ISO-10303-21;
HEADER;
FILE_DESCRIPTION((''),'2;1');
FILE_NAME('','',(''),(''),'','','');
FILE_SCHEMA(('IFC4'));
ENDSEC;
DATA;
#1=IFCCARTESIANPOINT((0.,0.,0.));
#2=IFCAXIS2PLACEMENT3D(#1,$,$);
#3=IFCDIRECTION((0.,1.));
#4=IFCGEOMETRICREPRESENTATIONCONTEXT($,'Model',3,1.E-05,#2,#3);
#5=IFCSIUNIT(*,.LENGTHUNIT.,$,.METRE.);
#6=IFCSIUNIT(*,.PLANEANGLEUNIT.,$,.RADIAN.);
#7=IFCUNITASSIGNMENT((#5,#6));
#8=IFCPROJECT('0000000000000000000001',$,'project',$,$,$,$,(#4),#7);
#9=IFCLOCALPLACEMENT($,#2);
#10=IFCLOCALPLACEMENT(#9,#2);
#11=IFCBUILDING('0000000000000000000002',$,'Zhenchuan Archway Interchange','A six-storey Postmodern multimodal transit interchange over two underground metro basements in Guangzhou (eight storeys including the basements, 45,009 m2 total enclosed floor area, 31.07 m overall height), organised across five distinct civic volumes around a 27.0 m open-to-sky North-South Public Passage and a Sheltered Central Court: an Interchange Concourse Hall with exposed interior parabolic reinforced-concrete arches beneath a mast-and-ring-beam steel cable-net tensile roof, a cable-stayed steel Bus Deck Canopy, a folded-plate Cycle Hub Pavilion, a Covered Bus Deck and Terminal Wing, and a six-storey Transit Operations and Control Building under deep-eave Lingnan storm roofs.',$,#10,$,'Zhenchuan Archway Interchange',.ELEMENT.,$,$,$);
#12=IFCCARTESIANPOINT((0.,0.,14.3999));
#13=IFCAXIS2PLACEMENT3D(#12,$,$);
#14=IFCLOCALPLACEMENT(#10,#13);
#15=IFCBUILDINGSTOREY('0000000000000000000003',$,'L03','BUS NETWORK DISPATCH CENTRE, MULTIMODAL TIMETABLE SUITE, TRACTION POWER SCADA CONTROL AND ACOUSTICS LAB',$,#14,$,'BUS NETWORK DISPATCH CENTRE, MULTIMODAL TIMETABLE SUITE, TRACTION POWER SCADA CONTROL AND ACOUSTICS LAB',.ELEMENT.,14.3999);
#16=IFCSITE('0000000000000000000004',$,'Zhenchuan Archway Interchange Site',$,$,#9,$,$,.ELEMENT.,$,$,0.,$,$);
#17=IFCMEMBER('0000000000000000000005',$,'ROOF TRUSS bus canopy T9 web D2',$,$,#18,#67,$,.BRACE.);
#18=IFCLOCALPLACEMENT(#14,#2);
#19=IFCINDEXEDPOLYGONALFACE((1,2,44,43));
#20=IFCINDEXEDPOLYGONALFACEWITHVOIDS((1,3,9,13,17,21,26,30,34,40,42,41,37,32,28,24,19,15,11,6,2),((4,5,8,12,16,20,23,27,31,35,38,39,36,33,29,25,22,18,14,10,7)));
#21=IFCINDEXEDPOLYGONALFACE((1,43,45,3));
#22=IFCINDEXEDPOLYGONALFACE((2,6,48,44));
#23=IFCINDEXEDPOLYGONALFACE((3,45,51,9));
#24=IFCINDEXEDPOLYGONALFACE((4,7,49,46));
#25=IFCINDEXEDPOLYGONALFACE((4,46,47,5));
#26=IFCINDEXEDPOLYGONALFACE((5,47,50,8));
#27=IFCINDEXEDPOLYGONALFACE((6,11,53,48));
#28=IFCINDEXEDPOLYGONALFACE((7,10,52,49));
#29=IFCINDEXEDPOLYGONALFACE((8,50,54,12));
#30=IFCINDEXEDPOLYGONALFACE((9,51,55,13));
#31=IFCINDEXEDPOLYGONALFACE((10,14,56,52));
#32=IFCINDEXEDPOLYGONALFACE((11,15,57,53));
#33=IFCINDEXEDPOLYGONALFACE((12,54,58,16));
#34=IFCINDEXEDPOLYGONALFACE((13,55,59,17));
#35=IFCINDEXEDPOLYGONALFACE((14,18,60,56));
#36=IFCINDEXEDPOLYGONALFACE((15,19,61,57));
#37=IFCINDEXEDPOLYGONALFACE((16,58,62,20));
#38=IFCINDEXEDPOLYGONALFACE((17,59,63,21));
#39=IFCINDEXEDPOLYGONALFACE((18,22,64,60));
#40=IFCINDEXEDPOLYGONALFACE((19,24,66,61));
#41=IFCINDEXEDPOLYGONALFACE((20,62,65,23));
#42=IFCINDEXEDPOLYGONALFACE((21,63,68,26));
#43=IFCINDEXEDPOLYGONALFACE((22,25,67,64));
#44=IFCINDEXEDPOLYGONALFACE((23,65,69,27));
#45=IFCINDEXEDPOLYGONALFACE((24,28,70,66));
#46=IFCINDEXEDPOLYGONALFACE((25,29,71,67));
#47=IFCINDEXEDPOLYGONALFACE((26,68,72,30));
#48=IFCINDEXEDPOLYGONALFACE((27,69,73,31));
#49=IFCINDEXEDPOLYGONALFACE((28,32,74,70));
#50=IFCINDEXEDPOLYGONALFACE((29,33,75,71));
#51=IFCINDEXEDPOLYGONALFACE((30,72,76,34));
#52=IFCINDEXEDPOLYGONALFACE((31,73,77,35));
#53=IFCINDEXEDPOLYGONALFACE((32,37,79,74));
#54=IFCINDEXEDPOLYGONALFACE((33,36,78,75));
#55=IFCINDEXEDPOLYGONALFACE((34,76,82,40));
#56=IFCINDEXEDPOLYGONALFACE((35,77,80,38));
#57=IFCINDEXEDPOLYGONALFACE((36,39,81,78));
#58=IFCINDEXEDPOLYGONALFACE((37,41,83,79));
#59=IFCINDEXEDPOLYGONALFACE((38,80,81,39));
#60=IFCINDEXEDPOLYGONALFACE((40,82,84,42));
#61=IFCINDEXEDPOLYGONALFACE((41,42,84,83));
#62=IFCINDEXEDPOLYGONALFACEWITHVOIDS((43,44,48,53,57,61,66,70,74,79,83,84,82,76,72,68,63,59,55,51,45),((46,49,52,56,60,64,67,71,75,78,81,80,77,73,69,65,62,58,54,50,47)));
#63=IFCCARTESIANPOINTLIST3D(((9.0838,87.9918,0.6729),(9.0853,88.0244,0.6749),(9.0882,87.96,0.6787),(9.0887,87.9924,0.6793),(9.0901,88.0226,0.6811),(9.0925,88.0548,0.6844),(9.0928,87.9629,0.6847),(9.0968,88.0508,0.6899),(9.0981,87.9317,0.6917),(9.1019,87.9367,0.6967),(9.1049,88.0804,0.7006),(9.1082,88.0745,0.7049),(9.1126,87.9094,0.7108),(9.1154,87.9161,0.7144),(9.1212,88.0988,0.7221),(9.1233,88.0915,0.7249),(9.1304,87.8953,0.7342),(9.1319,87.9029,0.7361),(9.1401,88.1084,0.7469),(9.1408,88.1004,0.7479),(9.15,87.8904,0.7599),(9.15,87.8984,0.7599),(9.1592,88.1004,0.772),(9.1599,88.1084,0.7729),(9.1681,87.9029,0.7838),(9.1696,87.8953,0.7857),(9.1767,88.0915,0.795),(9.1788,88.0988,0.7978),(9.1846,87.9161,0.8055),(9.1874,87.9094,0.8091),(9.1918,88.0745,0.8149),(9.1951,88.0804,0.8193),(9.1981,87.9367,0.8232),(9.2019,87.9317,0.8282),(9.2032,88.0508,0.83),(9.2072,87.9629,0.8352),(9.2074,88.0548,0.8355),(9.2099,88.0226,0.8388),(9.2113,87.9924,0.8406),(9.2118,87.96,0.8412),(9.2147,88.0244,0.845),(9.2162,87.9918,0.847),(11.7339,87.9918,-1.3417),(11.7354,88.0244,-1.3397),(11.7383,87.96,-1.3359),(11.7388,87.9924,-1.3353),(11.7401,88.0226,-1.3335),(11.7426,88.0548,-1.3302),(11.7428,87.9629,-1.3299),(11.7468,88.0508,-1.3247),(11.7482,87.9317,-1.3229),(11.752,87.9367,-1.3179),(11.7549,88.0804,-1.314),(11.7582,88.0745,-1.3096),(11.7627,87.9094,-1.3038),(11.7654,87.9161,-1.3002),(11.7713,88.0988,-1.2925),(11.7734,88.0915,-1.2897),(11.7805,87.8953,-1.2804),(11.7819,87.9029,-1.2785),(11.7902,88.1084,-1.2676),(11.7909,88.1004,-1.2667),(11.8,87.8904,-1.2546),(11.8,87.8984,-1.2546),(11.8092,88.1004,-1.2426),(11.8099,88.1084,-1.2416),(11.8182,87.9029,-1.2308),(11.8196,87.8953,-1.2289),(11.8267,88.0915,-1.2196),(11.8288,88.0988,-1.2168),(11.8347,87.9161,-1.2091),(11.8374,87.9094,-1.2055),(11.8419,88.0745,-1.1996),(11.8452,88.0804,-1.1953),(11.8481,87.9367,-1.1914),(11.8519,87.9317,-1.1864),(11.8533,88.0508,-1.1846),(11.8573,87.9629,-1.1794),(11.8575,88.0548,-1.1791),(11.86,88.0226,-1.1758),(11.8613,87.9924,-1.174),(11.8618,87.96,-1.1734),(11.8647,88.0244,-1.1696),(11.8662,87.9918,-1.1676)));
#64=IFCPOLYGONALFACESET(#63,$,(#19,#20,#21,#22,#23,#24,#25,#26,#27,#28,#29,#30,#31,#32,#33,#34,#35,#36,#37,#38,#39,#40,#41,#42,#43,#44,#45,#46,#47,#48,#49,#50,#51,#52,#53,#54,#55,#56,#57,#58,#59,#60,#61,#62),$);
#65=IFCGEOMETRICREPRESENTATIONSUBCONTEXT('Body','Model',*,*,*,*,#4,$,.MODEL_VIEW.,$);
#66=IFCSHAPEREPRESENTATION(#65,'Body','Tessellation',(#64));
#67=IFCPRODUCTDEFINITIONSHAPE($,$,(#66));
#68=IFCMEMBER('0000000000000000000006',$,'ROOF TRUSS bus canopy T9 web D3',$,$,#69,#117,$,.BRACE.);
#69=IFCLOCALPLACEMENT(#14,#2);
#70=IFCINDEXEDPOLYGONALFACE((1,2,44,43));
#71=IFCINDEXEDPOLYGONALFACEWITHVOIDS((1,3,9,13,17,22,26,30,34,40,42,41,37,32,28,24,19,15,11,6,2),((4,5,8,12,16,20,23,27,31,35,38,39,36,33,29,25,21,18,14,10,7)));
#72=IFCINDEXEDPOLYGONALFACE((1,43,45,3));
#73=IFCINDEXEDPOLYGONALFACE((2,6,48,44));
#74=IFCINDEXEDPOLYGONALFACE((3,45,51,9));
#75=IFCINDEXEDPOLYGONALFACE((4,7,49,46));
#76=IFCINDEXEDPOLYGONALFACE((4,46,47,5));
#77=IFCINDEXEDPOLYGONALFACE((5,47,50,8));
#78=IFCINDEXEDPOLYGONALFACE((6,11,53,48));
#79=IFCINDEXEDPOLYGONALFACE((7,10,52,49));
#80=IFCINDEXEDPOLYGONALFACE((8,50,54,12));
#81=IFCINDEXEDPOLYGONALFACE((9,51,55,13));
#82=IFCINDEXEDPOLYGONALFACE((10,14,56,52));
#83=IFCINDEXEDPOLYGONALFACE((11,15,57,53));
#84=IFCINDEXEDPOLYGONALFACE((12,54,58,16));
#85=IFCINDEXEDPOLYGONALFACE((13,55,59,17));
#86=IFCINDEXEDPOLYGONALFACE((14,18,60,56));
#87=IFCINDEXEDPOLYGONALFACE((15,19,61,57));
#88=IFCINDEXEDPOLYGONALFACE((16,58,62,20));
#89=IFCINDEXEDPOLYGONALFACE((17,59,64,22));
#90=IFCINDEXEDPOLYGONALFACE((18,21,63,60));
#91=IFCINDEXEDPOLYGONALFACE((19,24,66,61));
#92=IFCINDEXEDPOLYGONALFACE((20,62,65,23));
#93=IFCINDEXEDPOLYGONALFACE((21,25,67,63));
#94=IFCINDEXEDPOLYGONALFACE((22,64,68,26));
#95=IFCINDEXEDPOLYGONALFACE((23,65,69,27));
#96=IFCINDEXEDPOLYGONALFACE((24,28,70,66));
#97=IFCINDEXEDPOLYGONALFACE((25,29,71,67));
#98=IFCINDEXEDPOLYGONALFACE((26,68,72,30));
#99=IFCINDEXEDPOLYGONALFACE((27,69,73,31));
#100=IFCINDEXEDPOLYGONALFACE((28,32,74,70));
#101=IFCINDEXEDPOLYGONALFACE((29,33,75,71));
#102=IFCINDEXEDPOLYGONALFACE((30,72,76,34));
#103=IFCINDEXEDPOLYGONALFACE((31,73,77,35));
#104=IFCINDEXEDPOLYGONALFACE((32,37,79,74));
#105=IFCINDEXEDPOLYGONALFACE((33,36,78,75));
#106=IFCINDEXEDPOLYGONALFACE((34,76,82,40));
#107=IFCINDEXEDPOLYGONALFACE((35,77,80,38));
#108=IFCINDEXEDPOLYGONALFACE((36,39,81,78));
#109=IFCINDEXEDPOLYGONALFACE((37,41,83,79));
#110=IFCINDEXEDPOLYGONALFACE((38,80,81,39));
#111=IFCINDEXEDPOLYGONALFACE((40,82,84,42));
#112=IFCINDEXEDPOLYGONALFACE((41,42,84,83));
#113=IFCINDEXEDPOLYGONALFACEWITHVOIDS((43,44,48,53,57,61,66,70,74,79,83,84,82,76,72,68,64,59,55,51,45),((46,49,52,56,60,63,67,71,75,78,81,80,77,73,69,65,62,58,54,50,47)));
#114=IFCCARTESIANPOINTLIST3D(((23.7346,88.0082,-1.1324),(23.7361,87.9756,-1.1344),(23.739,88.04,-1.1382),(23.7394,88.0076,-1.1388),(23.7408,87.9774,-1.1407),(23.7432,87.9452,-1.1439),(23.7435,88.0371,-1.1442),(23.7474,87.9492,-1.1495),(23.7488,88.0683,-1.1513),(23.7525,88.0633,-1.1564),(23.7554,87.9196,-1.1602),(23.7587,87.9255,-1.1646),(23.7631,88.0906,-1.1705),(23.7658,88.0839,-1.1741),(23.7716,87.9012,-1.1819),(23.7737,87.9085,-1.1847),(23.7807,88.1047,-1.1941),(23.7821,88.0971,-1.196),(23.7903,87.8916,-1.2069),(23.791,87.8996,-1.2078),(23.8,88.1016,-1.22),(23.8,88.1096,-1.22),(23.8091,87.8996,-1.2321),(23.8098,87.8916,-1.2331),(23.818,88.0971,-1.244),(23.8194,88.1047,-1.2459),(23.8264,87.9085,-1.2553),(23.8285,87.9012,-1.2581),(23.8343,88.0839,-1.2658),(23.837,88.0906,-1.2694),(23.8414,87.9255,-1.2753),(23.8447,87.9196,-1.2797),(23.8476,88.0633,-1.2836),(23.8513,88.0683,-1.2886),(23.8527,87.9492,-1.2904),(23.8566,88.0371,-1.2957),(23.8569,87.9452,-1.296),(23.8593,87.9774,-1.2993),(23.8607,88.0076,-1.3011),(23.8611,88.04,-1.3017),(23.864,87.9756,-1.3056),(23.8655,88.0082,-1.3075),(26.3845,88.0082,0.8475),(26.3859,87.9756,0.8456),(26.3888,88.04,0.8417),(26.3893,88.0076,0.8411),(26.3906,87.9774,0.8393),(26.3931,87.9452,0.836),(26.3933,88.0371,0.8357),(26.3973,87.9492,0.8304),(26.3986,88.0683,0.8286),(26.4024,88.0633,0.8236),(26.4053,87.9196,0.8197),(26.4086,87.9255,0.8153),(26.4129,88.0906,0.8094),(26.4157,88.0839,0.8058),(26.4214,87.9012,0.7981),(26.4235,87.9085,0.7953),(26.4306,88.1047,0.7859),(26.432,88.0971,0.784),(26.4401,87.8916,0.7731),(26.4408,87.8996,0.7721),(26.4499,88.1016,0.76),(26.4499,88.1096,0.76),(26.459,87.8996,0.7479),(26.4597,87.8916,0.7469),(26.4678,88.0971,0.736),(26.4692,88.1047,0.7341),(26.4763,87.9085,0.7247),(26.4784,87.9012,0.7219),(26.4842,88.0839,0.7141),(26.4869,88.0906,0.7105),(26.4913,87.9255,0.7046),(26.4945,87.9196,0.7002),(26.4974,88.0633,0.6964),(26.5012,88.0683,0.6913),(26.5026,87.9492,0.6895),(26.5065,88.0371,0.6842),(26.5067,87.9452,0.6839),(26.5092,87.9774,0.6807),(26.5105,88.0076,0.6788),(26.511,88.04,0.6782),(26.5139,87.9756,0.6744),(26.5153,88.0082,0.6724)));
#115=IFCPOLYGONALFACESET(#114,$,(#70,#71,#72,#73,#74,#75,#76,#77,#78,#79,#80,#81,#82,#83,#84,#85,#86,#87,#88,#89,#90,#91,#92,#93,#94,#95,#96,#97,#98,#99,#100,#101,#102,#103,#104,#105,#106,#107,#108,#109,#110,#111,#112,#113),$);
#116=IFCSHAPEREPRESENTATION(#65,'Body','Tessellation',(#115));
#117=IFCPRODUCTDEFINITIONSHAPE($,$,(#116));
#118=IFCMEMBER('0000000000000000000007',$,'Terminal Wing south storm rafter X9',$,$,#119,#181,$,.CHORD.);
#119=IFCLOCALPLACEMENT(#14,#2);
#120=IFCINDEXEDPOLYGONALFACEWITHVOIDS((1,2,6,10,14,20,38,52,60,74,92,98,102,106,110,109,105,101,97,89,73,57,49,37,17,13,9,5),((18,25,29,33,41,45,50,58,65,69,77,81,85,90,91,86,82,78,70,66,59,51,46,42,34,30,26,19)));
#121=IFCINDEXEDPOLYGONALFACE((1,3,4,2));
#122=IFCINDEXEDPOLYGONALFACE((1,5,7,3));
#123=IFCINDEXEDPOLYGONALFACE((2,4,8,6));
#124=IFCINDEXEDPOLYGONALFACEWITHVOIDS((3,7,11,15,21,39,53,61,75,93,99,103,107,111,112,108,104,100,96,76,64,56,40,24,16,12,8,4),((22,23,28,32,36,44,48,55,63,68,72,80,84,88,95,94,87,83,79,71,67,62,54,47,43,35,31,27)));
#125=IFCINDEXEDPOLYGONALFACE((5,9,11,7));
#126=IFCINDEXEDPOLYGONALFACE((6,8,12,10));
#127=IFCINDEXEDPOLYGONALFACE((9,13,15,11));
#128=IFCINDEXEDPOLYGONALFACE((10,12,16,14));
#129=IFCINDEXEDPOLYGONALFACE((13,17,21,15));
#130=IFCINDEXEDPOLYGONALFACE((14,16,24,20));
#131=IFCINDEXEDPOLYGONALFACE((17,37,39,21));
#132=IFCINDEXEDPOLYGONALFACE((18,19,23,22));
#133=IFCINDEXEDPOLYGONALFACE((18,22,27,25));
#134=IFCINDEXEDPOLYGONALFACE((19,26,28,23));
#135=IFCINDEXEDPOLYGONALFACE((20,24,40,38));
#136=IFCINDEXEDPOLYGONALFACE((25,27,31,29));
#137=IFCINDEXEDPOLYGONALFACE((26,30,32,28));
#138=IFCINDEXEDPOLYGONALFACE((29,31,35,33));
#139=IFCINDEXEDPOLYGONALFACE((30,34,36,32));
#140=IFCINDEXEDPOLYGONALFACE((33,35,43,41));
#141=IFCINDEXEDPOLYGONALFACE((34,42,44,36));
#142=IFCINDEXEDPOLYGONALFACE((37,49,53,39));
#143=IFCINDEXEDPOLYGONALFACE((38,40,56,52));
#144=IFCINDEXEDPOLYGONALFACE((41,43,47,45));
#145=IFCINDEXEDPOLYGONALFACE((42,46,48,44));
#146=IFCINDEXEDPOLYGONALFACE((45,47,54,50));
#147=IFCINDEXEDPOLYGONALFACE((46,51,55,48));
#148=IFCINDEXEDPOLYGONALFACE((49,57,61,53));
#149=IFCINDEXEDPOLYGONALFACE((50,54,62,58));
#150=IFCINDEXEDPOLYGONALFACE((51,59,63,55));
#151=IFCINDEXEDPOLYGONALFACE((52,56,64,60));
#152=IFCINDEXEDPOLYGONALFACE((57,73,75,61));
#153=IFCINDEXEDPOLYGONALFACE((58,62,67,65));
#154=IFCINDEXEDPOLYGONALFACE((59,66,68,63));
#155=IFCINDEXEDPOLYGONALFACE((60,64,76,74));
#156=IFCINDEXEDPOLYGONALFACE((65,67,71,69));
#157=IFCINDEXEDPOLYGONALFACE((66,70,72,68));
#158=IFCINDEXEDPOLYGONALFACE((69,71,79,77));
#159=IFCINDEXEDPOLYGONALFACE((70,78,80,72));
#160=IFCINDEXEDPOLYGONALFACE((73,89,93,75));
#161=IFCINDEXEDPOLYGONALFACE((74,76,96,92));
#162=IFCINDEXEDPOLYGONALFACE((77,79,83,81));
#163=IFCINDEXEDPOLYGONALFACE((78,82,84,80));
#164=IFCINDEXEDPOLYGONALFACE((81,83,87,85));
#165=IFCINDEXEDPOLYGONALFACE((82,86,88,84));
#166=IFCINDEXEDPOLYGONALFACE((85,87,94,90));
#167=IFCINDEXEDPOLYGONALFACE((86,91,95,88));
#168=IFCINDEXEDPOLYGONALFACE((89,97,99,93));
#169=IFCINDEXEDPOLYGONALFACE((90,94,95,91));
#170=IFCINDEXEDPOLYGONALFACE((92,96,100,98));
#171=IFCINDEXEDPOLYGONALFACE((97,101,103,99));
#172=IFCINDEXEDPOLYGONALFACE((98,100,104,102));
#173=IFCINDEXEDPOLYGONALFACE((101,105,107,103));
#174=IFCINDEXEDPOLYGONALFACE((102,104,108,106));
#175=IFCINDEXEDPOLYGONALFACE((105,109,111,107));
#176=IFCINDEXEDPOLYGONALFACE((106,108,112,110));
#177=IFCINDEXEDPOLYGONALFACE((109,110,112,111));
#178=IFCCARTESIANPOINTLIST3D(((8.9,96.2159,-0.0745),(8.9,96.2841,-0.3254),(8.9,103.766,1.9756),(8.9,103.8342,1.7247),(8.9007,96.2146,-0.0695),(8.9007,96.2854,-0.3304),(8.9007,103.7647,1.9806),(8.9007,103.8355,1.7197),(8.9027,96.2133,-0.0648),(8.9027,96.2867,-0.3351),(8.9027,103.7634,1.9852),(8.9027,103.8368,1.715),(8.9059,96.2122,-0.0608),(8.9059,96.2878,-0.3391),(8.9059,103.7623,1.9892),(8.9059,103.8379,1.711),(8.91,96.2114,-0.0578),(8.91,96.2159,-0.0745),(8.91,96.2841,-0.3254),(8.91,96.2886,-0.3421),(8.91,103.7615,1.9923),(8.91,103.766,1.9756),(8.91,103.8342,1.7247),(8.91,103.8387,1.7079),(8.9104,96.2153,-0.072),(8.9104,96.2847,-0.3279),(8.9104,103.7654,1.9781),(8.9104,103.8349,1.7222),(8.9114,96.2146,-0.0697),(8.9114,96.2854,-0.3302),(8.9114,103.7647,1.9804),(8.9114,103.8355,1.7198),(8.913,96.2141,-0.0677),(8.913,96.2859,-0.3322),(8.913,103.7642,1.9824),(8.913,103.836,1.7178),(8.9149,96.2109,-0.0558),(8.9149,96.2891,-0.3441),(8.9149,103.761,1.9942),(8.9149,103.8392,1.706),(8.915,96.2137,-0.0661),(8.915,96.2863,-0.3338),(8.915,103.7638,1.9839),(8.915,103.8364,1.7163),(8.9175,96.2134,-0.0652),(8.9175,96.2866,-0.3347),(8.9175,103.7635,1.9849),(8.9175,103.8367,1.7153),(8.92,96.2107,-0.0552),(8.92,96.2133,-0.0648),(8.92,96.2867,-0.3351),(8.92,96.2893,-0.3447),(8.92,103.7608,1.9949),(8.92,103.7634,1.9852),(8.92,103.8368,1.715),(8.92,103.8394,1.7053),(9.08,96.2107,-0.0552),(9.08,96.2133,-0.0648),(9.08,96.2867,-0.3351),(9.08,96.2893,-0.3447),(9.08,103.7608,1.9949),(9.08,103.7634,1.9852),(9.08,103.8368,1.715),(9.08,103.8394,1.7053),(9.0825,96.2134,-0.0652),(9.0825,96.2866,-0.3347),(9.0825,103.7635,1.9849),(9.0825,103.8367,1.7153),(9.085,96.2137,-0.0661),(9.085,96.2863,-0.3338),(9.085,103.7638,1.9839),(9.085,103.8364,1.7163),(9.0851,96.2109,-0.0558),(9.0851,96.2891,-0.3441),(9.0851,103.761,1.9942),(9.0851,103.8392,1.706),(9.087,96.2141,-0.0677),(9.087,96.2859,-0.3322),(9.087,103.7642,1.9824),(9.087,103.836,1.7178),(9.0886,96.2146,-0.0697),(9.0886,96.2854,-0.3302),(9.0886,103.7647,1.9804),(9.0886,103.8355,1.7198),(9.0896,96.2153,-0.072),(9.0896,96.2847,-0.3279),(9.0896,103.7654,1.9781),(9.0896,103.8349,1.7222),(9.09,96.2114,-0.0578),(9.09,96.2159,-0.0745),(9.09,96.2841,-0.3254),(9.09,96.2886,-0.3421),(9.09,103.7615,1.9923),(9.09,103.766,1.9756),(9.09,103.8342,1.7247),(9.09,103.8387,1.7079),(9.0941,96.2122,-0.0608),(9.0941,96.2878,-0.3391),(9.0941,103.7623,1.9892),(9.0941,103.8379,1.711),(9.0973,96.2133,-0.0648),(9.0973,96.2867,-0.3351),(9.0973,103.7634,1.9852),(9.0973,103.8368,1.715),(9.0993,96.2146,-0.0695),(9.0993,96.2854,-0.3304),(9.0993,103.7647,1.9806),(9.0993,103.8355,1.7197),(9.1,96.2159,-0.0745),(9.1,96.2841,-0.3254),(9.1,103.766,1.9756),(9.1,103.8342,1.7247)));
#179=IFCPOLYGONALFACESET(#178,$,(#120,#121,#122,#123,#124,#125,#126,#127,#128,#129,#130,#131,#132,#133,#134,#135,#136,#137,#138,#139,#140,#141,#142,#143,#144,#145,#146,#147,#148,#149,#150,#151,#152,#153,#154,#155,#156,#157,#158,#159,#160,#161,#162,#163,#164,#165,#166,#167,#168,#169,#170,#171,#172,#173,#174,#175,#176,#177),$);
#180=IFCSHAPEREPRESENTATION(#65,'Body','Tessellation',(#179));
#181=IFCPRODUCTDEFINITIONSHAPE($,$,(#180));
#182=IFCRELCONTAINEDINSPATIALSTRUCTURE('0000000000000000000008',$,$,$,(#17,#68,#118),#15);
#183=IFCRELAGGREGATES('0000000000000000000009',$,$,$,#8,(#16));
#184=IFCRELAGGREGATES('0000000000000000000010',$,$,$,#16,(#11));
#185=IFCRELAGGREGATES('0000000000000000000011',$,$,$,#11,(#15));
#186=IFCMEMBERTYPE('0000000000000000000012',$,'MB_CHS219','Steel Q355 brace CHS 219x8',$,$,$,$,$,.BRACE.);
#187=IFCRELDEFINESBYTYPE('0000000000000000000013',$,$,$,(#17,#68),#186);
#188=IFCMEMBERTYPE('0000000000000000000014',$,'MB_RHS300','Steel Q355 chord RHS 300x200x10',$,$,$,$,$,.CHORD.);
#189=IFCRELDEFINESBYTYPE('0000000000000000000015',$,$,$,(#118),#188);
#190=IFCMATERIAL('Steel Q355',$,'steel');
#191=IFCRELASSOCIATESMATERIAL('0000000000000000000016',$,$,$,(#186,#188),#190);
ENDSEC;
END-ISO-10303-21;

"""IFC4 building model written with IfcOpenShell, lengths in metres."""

from ifc_helpers import new_model, si_unit, direction, frame, origin, origin_2d, place, context, subcontext, project, spatial, hollow_rectangle, hollow_circle, extrude, material, material_profile, profile_set, type_object, element, save


model = new_model("IFC4")

# Units and contexts
model_context = context("Model", 3, precision=1e-05, world=origin(), true_north=direction((0.0, 1.0)))
body_context = subcontext(model_context, "Body", "Model", "MODEL_VIEW")
ifc_project = project(units=[si_unit("LENGTHUNIT", "METRE"), si_unit("PLANEANGLEUNIT", "RADIAN")], contexts=[model_context])

# Site, building, storey
site_placement = place(None, origin())
site = spatial("IfcSite", under=ifc_project, at=site_placement, Name="Zhenchuan Archway Interchange Site", CompositionType="ELEMENT", RefElevation=0.0)
building_placement = place(site_placement, origin())
building = spatial("IfcBuilding", under=site, at=building_placement, Name="Zhenchuan Archway Interchange", Description="A six-storey Postmodern multimodal transit interchange over two underground metro basements in Guangzhou (eight storeys including the basements, 45,009 m2 total enclosed floor area, 31.07 m overall height), organised across five distinct civic volumes around a 27.0 m open-to-sky North-South Public Passage and a Sheltered Central Court: an Interchange Concourse Hall with exposed interior parabolic reinforced-concrete arches beneath a mast-and-ring-beam steel cable-net tensile roof, a cable-stayed steel Bus Deck Canopy, a folded-plate Cycle Hub Pavilion, a Covered Bus Deck and Terminal Wing, and a six-storey Transit Operations and Control Building under deep-eave Lingnan storm roofs.", LongName="Zhenchuan Archway Interchange", CompositionType="ELEMENT")
storey_placement = place(building_placement, frame((0.0, 0.0, 14.3999)))
storey = spatial("IfcBuildingStorey", under=building, at=storey_placement, Name="L03", Description="BUS NETWORK DISPATCH CENTRE, MULTIMODAL TIMETABLE SUITE, TRACTION POWER SCADA CONTROL AND ACOUSTICS LAB", LongName="BUS NETWORK DISPATCH CENTRE, MULTIMODAL TIMETABLE SUITE, TRACTION POWER SCADA CONTROL AND ACOUSTICS LAB", CompositionType="ELEMENT", Elevation=14.3999)

# Shared definitions
ifc_material_1 = material(Name="Steel Q355", Category="steel")

# Members
ifc_material_profile_1 = material_profile(ifc_material_1, hollow_circle(Radius=0.1096, WallThickness=0.0081, at=origin_2d()), Name="CHS 219x8")
ifc_profile_set_1 = profile_set([ifc_material_profile_1], Name="Steel Q355")
member_type_1 = type_object("IfcMemberType", Name="MB_CHS219", Description="Steel Q355 brace CHS 219x8", PredefinedType="BRACE", material=ifc_profile_set_1)
member_1_placement = place(storey_placement, frame((11.8, 88.0, -1.2546), z_axis=(-0.796084, 0.0, 0.605186), x_axis=(0.0, -1.0, 0.0)))
element("IfcMember", 1, at=member_1_placement, inside=storey, type_object=member_type_1, Name="ROOF TRUSS bus canopy T9 web D2", PredefinedType="BRACE", context=body_context, shape_type="SweptSolid", body=[
    extrude(hollow_circle(Radius=0.1096, WallThickness=0.0081, at=origin_2d()), origin(), (0.0, 0.0, 1.0), 3.3289),
])
member_2_placement = place(storey_placement, frame((23.8, 88.0, -1.22), z_axis=(0.801079, 0.0, 0.598558), x_axis=(0.0, 1.0, 0.0)))
element("IfcMember", 2, at=member_2_placement, inside=storey, type_object=member_type_1, Name="ROOF TRUSS bus canopy T9 web D3", PredefinedType="BRACE", context=body_context, shape_type="SweptSolid", body=[
    extrude(hollow_circle(Radius=0.1096, WallThickness=0.0081, at=origin_2d()), origin(), (0.0, 0.0, 1.0), 3.3079),
])
ifc_material_profile_2 = material_profile(ifc_material_1, hollow_rectangle(XDim=0.2, YDim=0.3, WallThickness=0.01, InnerFilletRadius=0.01, OuterFilletRadius=0.02, at=origin_2d()), Name="RHS 300x200x10")
ifc_profile_set_2 = profile_set([ifc_material_profile_2], Name="Steel Q355")
member_type_2 = type_object("IfcMemberType", Name="MB_RHS300", Description="Steel Q355 chord RHS 300x200x10", PredefinedType="CHORD", material=ifc_profile_set_2)
for number, where, z_axis, x_axis, name in (
    (3, (9.0, 96.25, -0.2), (0.0, 0.965057, 0.26204), (-1.0, 0.0, 0.0), "Terminal Wing south storm rafter X9"),
):
    element("IfcMember", number, at=place(storey_placement, frame(where, z_axis=z_axis, x_axis=x_axis)), inside=storey, type_object=member_type_2, Name=name, PredefinedType="CHORD", context=body_context, shape_type="SweptSolid", body=[
        extrude(hollow_rectangle(XDim=0.2, YDim=0.3, WallThickness=0.01, InnerFilletRadius=0.01, OuterFilletRadius=0.02, at=origin_2d()), origin(), (0.0, 0.0, 1.0), 7.8235),
    ])

save(model, "model.ifc")
